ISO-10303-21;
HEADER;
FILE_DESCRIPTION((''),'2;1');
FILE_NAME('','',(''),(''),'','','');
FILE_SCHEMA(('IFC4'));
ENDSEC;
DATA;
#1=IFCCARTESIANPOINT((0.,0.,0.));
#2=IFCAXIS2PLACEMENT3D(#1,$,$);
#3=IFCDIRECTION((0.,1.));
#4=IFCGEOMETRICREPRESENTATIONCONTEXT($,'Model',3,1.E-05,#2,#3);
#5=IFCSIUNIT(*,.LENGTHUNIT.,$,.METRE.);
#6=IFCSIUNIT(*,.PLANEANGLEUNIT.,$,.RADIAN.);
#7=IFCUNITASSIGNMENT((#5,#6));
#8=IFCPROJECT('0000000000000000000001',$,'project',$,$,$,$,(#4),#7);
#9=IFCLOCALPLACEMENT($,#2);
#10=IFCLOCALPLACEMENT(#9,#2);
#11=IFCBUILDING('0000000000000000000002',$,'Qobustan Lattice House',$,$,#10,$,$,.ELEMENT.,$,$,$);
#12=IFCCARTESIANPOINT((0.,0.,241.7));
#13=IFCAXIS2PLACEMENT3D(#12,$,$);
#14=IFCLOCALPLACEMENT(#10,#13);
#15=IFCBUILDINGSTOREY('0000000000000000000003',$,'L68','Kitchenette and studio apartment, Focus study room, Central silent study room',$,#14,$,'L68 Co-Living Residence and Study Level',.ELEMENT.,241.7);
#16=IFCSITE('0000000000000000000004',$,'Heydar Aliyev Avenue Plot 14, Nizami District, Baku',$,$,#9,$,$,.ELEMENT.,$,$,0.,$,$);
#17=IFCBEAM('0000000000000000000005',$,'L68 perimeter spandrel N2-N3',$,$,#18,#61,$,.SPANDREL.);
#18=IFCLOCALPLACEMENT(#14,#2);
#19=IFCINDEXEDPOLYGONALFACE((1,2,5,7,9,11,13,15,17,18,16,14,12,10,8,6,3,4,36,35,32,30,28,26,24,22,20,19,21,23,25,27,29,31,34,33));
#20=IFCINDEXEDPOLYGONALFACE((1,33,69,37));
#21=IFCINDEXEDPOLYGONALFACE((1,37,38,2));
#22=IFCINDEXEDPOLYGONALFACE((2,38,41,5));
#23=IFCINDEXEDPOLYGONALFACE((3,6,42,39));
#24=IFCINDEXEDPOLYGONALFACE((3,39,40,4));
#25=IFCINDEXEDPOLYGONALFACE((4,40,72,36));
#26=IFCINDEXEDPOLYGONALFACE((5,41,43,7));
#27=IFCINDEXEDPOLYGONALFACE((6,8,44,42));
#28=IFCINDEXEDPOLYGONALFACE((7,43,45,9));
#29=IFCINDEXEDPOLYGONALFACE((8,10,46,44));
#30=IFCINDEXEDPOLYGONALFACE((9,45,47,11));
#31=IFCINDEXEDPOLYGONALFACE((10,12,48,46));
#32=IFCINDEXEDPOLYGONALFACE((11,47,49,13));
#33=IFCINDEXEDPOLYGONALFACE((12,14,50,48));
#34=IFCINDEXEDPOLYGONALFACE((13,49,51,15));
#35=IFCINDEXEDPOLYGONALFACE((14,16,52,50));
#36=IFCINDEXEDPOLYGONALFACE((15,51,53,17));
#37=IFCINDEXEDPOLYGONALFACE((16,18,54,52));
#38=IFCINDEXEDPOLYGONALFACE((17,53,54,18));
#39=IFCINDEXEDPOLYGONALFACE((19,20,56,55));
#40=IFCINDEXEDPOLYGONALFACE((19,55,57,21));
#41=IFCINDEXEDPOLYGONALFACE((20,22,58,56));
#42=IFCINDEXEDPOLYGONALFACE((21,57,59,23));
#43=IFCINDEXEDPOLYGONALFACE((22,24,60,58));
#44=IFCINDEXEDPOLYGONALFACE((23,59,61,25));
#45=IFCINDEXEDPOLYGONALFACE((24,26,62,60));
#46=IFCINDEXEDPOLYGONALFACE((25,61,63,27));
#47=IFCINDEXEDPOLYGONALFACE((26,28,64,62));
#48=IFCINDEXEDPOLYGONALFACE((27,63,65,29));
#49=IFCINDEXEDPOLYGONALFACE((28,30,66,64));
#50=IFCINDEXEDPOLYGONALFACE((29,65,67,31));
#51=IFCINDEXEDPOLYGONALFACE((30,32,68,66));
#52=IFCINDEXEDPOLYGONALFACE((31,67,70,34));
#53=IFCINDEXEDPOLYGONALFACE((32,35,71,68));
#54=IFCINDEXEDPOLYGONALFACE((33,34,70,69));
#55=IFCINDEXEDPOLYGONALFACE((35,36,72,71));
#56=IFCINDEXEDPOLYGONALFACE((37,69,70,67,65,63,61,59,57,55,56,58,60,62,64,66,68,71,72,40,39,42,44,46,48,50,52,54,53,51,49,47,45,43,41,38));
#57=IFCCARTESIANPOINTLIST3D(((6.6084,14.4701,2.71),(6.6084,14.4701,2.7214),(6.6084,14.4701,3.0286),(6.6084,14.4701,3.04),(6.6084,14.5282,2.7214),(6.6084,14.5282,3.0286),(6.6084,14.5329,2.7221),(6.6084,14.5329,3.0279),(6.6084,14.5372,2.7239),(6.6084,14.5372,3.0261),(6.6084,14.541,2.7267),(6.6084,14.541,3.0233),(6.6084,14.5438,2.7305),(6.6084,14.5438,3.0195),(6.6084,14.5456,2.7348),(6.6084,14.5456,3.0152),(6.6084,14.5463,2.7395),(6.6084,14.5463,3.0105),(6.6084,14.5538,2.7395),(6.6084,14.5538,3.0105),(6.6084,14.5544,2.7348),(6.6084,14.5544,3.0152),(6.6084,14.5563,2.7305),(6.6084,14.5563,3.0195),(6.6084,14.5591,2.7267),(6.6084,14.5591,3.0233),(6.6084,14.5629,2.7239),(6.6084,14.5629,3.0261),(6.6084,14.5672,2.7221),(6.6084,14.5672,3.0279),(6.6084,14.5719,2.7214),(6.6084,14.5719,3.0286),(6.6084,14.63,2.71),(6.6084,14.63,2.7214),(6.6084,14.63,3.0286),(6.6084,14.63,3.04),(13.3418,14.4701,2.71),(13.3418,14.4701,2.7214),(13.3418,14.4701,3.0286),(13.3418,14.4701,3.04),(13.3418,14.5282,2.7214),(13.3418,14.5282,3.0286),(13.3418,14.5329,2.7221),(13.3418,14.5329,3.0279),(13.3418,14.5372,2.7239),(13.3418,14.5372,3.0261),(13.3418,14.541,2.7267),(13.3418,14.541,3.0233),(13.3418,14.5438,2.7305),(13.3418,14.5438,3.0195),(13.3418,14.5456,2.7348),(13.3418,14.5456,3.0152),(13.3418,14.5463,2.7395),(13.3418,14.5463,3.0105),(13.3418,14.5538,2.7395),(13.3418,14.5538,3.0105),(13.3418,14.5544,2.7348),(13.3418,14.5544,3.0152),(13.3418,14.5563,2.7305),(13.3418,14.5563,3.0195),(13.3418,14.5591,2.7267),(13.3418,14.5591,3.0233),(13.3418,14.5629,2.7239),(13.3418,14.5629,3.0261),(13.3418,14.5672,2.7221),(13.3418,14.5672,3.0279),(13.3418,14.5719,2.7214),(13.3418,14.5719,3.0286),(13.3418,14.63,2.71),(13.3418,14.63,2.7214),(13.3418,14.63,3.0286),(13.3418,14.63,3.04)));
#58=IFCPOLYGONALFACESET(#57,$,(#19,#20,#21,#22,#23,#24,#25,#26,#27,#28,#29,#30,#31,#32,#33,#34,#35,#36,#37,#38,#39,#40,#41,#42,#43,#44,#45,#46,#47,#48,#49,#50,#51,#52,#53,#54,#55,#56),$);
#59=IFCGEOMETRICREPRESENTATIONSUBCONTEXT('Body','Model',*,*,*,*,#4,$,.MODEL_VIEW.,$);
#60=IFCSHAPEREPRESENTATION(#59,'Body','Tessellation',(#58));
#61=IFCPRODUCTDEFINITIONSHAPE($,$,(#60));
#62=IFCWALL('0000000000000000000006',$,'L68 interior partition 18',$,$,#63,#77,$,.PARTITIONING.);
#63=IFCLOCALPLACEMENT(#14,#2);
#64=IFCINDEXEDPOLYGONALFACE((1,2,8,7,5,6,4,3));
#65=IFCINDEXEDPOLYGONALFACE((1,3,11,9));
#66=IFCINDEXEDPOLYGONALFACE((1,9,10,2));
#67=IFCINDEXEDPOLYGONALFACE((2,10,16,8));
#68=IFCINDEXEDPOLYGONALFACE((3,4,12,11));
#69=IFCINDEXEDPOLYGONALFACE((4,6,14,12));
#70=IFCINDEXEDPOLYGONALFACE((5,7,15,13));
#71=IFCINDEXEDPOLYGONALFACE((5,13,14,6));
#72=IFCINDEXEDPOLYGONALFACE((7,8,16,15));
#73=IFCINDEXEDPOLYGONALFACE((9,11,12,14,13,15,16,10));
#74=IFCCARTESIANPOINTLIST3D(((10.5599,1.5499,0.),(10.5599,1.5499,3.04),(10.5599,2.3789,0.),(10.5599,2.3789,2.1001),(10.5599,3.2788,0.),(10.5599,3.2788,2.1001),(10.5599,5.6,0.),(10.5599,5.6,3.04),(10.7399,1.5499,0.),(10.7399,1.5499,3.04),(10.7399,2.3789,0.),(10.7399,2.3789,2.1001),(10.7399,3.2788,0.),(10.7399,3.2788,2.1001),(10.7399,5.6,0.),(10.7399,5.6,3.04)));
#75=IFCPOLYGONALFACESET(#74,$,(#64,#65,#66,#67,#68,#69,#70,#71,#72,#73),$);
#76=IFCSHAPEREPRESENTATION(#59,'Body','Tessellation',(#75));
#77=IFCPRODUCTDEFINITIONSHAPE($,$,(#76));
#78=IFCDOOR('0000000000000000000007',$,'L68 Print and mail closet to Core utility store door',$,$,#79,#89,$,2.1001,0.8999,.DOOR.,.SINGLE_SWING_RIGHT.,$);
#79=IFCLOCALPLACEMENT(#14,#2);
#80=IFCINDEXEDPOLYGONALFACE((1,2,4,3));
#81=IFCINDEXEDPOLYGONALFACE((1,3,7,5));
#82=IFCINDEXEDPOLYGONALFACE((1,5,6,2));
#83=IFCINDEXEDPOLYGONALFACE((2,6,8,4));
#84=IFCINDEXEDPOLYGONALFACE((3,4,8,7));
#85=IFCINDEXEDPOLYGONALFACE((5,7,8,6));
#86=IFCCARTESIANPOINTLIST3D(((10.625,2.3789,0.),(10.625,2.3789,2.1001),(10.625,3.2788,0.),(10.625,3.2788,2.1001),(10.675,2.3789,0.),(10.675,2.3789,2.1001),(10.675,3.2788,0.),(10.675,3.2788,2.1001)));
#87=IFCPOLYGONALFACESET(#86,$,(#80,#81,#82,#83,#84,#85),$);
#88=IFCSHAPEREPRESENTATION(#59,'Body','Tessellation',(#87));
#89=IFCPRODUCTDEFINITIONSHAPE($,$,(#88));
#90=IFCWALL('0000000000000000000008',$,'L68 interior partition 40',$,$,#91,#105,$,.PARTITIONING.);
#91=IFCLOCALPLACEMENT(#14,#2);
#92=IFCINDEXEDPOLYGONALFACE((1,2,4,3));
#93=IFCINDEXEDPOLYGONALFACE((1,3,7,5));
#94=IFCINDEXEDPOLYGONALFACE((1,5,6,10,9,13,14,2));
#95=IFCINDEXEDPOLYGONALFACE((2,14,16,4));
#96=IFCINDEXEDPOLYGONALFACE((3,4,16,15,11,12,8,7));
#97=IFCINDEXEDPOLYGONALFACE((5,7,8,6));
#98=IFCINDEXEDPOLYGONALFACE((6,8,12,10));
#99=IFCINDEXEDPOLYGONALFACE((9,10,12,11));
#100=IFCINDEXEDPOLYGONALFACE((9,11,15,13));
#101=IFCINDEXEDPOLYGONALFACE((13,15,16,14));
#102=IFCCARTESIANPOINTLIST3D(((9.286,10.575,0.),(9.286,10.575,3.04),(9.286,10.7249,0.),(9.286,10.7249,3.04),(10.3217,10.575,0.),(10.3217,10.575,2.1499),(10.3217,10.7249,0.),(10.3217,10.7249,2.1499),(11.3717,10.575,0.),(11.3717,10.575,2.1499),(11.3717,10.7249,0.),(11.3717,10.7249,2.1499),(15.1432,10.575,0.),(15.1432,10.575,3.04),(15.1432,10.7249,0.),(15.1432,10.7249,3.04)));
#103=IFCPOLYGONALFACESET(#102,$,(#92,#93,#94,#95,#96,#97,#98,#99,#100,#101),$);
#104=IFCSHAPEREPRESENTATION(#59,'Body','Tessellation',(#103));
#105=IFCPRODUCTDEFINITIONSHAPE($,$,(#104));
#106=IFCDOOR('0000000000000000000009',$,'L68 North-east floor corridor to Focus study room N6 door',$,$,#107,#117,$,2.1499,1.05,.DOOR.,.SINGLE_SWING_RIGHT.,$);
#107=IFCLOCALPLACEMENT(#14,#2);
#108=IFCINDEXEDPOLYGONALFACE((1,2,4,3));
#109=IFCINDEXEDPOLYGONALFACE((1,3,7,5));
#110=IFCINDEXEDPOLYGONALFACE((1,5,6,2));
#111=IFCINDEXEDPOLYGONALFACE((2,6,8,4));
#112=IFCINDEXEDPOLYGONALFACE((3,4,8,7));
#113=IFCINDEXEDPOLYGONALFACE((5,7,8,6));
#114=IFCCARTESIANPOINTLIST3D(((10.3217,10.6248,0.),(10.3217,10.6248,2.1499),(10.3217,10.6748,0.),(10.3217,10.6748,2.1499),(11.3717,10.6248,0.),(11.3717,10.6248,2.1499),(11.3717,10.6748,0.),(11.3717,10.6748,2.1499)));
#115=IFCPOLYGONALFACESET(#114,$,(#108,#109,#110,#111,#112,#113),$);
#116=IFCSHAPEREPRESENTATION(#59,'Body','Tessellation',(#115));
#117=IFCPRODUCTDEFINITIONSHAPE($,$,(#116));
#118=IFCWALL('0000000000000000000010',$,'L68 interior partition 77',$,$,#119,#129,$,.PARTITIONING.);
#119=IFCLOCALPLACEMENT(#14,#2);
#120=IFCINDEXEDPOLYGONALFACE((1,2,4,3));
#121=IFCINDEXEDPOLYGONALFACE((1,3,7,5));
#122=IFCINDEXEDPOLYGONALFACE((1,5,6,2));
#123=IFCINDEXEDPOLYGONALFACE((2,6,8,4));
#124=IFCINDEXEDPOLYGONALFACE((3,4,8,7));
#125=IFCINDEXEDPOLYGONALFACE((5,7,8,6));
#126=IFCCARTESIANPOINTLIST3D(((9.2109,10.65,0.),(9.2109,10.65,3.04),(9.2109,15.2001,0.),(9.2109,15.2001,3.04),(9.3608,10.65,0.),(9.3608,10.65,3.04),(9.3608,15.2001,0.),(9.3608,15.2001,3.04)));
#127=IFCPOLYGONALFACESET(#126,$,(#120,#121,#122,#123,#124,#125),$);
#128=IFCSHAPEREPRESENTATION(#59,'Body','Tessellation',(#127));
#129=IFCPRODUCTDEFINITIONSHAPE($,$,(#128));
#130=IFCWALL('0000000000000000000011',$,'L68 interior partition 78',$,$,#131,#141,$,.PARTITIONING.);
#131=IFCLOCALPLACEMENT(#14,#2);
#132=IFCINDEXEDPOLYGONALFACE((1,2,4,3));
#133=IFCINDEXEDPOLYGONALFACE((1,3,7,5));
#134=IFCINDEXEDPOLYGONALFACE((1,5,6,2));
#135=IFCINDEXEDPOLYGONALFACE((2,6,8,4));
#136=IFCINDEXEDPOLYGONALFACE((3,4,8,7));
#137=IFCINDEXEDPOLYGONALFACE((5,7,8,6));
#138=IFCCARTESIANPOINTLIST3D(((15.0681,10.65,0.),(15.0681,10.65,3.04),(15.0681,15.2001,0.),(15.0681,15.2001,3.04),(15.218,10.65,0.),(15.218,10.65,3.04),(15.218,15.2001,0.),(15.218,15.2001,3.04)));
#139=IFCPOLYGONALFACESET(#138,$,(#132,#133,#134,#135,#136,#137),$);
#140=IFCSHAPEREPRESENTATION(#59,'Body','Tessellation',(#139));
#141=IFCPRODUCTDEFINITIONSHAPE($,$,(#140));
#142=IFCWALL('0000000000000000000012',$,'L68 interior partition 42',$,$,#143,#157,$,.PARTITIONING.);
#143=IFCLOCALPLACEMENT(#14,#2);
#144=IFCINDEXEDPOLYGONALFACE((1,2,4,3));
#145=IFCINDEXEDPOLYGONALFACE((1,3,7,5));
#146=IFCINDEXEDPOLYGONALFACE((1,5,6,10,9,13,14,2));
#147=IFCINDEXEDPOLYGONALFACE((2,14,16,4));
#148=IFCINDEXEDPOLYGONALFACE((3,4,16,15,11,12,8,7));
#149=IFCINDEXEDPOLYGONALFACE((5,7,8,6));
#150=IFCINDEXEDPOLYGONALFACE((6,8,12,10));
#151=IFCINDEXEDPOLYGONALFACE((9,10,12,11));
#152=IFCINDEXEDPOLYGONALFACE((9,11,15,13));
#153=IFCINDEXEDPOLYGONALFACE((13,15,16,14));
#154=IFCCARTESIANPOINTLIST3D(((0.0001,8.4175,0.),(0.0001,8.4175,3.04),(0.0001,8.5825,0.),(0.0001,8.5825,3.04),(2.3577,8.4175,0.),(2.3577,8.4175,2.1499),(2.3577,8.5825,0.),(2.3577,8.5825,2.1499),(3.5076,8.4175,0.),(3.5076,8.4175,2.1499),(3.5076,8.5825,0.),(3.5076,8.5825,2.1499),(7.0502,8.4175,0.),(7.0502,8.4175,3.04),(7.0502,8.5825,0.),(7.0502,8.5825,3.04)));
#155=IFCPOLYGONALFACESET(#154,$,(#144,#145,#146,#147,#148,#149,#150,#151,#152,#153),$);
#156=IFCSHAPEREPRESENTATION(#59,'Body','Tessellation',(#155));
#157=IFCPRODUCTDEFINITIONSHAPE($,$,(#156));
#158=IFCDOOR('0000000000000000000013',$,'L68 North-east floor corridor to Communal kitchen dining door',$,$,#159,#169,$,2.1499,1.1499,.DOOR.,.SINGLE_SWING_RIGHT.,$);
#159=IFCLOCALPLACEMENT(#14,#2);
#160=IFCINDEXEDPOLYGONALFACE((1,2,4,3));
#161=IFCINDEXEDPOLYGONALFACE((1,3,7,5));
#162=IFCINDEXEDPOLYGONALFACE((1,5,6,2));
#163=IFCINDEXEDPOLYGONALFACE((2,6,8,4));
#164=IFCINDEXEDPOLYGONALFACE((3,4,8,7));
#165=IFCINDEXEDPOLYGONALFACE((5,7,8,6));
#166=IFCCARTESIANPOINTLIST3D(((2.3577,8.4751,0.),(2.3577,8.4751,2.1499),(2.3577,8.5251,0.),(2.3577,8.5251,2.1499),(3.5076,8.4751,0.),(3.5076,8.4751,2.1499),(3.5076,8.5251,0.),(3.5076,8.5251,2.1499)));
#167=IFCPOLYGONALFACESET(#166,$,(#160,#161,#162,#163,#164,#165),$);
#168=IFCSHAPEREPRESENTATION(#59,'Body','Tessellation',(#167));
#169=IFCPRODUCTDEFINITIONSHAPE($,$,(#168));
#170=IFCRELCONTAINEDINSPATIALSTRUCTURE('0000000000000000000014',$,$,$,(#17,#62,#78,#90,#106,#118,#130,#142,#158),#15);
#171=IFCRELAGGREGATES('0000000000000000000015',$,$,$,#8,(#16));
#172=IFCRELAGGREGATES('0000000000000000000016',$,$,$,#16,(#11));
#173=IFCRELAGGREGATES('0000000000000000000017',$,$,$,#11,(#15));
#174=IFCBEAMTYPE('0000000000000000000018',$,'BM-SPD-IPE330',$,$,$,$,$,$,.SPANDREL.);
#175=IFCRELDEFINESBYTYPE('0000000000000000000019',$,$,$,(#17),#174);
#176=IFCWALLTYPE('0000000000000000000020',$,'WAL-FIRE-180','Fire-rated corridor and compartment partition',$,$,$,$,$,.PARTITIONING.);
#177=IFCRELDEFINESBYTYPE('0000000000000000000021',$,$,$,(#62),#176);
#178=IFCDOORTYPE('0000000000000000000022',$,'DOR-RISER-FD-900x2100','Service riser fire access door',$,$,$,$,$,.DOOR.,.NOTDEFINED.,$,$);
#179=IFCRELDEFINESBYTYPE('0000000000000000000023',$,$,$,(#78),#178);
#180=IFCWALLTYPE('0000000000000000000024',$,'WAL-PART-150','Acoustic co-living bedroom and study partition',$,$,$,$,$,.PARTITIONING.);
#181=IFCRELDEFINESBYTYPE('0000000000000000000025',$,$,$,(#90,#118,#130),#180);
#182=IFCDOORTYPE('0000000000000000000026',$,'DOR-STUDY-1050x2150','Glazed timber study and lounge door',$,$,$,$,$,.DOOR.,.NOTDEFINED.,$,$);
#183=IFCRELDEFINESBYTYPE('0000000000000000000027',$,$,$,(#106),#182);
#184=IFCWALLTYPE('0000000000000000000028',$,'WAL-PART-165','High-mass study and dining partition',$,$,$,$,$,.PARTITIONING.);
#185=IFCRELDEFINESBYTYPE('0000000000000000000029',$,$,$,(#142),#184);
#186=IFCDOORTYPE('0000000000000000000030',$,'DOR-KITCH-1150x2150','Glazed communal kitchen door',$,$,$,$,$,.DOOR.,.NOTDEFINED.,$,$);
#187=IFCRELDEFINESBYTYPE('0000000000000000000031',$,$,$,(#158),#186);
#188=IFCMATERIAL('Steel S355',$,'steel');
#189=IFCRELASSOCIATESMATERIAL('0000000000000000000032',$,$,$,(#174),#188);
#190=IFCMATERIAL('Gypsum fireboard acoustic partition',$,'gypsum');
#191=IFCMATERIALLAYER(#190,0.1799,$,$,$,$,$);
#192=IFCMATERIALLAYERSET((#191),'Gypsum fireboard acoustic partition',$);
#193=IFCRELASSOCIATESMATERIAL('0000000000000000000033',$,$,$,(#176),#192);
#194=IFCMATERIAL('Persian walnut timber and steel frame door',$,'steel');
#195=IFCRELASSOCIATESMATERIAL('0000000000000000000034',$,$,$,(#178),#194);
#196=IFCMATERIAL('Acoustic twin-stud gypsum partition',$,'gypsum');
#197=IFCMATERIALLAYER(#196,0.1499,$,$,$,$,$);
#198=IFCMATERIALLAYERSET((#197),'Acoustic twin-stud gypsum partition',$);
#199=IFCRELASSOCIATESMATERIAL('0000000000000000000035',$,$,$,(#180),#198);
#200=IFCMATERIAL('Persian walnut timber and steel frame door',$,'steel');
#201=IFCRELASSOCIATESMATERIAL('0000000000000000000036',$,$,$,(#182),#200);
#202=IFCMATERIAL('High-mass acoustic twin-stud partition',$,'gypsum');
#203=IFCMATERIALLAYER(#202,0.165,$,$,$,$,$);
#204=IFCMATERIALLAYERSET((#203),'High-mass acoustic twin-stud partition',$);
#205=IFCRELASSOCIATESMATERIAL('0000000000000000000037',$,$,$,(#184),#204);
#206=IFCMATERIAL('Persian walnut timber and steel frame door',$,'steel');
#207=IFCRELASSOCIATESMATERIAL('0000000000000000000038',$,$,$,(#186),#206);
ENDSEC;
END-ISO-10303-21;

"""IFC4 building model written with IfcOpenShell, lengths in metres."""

from ifc_helpers import new_model, si_unit, direction, frame, frame_2d, origin, origin_2d, place, context, subcontext, project, spatial, rectangle, i_section, extrude, material, layer, layer_set, material_profile, profile_set, type_object, element, fill, save


model = new_model("IFC4")

# Units and contexts
model_context = context("Model", 3, precision=1e-05, world=origin(), true_north=direction((0.0, 1.0)))
body_context = subcontext(model_context, "Body", "Model", "MODEL_VIEW")
ifc_project = project(units=[si_unit("LENGTHUNIT", "METRE"), si_unit("PLANEANGLEUNIT", "RADIAN")], contexts=[model_context])

# Site, building, storey
site_placement = place(None, origin())
site = spatial("IfcSite", under=ifc_project, at=site_placement, Name="Heydar Aliyev Avenue Plot 14, Nizami District, Baku", CompositionType="ELEMENT", RefElevation=0.0)
building_placement = place(site_placement, origin())
building = spatial("IfcBuilding", under=site, at=building_placement, Name="Qobustan Lattice House", CompositionType="ELEMENT")
storey_placement = place(building_placement, frame((0.0, 0.0, 241.7)))
storey = spatial("IfcBuildingStorey", under=building, at=storey_placement, Name="L68", Description="Kitchenette and studio apartment, Focus study room, Central silent study room", LongName="L68 Co-Living Residence and Study Level", CompositionType="ELEMENT", Elevation=241.7)

# Beam
ifc_material_1 = material(Name="Steel S355", Category="steel")
ifc_material_profile_1 = material_profile(ifc_material_1, i_section(OverallWidth=0.1599, OverallDepth=0.3301, WebThickness=0.0076, FlangeThickness=0.0115, FilletRadius=0.0181, at=origin_2d()), Name="IPE330")
ifc_profile_set_1 = profile_set([ifc_material_profile_1], Name="Steel S355")
beam_type_1 = type_object("IfcBeamType", Name="BM-SPD-IPE330", PredefinedType="SPANDREL", material=ifc_profile_set_1)
beam_1_placement = place(storey_placement, frame((13.3418, 14.55, 2.875), z_axis=(-1.0, 0.0, 0.0), x_axis=(0.0, -1.0, 0.0)))
element("IfcBeam", 1, at=beam_1_placement, inside=storey, type_object=beam_type_1, Name="L68 perimeter spandrel N2-N3", PredefinedType="SPANDREL", context=body_context, shape_type="SweptSolid", body=[
    extrude(i_section(OverallWidth=0.1599, OverallDepth=0.3301, WebThickness=0.0076, FlangeThickness=0.0115, FilletRadius=0.0181, at=origin_2d()), origin(), (0.0, 0.0, 1.0), 6.7334),
])

# Walls, openings, doors
ifc_material_2 = material(Name="Gypsum fireboard acoustic partition", Category="gypsum")
ifc_layer_1 = layer(ifc_material_2, 0.1799)
ifc_layer_set_1 = layer_set([ifc_layer_1], Name="Gypsum fireboard acoustic partition")
wall_type_1 = type_object("IfcWallType", Name="WAL-FIRE-180", Description="Fire-rated corridor and compartment partition", PredefinedType="PARTITIONING", material=ifc_layer_set_1)
wall_1_placement = place(storey_placement, frame((10.6499, 1.55, 0.0), z_axis=(0.0, 0.0, 1.0), x_axis=(0.0, 1.0, 0.0)))
wall_1 = element("IfcWall", 2, at=wall_1_placement, inside=storey, type_object=wall_type_1, Name="L68 interior partition 18", PredefinedType="PARTITIONING", context=body_context, shape_type="SweptSolid", body=[
    extrude(rectangle(XDim=4.05, YDim=0.1799, at=frame_2d((2.0249, 0.0))), origin(), (0.0, 0.0, 1.0), 3.04),
])
opening_1_placement = place(wall_1_placement, frame((0.8289, 0.0, 0.0)))
opening_1 = element("IfcOpeningElement", 3, at=opening_1_placement, cuts=wall_1, PredefinedType="OPENING", context=body_context, shape_type="SweptSolid", body=[
    extrude(rectangle(XDim=0.8999, YDim=2.1001, at=frame_2d((0.45, 1.05))), frame((0.0, 0.0999, 0.0), z_axis=(0.0, -1.0, 0.0), x_axis=(1.0, 0.0, 0.0)), (0.0, 0.0, 1.0), 0.2),
])
ifc_material_3 = material(Name="Persian walnut timber and steel frame door", Category="steel")
door_type_1 = type_object("IfcDoorType", Name="DOR-RISER-FD-900x2100", Description="Service riser fire access door", OperationType="NOTDEFINED", PredefinedType="DOOR", material=ifc_material_3)
door_1_placement = place(opening_1_placement, origin())
door_1 = element("IfcDoor", 4, at=door_1_placement, inside=storey, type_object=door_type_1, Name="L68 Print and mail closet to Core utility store door", OperationType="SINGLE_SWING_RIGHT", OverallHeight=2.1001, OverallWidth=0.8999, PredefinedType="DOOR", context=body_context, shape_type="SweptSolid", body=[
    extrude(rectangle(XDim=0.8999, YDim=2.1001, at=frame_2d((0.45, 1.05))), frame((0.0, 0.0249, 0.0), z_axis=(0.0, -1.0, 0.0), x_axis=(1.0, 0.0, 0.0)), (0.0, 0.0, 1.0), 0.05),
])
fill(opening_1, door_1)
ifc_material_4 = material(Name="Acoustic twin-stud gypsum partition", Category="gypsum")
ifc_layer_2 = layer(ifc_material_4, 0.1499)
ifc_layer_set_2 = layer_set([ifc_layer_2], Name="Acoustic twin-stud gypsum partition")
wall_type_2 = type_object("IfcWallType", Name="WAL-PART-150", Description="Acoustic co-living bedroom and study partition", PredefinedType="PARTITIONING", material=ifc_layer_set_2)
wall_2_placement = place(storey_placement, frame((9.2859, 10.6499, 0.0), z_axis=(0.0, 0.0, 1.0), x_axis=(1.0, 0.0, 0.0)))
wall_2 = element("IfcWall", 5, at=wall_2_placement, inside=storey, type_object=wall_type_2, Name="L68 interior partition 40", PredefinedType="PARTITIONING", context=body_context, shape_type="SweptSolid", body=[
    extrude(rectangle(XDim=5.8572, YDim=0.1499, at=frame_2d((2.9287, 0.0))), origin(), (0.0, 0.0, 1.0), 3.04),
])
opening_2_placement = place(wall_2_placement, frame((1.0359, 0.0, 0.0)))
opening_2 = element("IfcOpeningElement", 6, at=opening_2_placement, cuts=wall_2, PredefinedType="OPENING", context=body_context, shape_type="SweptSolid", body=[
    extrude(rectangle(XDim=1.05, YDim=2.1499, at=frame_2d((0.5249, 1.075))), frame((0.0, 0.085, 0.0), z_axis=(0.0, -1.0, 0.0), x_axis=(1.0, 0.0, 0.0)), (0.0, 0.0, 1.0), 0.1699),
])
ifc_material_5 = material(Name="Persian walnut timber and steel frame door", Category="steel")
door_type_2 = type_object("IfcDoorType", Name="DOR-STUDY-1050x2150", Description="Glazed timber study and lounge door", OperationType="NOTDEFINED", PredefinedType="DOOR", material=ifc_material_5)
door_2_placement = place(opening_2_placement, origin())
door_2 = element("IfcDoor", 7, at=door_2_placement, inside=storey, type_object=door_type_2, Name="L68 North-east floor corridor to Focus study room N6 door", OperationType="SINGLE_SWING_RIGHT", OverallHeight=2.1499, OverallWidth=1.05, PredefinedType="DOOR", context=body_context, shape_type="SweptSolid", body=[
    extrude(rectangle(XDim=1.05, YDim=2.1499, at=frame_2d((0.5249, 1.075))), frame((0.0, 0.0249, 0.0), z_axis=(0.0, -1.0, 0.0), x_axis=(1.0, 0.0, 0.0)), (0.0, 0.0, 1.0), 0.05),
])
fill(opening_2, door_2)

# Walls
for number, where, z_axis, x_axis, name in (
    (8, (9.2859, 15.2, 0.0), (0.0, 0.0, 1.0), (0.0, -1.0, 0.0), "L68 interior partition 77"),
    (9, (15.1431, 15.2, 0.0), (0.0, 0.0, 1.0), (0.0, -1.0, 0.0), "L68 interior partition 78"),
):
    element("IfcWall", number, at=place(storey_placement, frame(where, z_axis=z_axis, x_axis=x_axis)), inside=storey, type_object=wall_type_2, Name=name, PredefinedType="PARTITIONING", context=body_context, shape_type="SweptSolid", body=[
        extrude(rectangle(XDim=4.55, YDim=0.1499, at=frame_2d((2.2749, 0.0))), origin(), (0.0, 0.0, 1.0), 3.04),
    ])

# Wall, opening, door
ifc_material_6 = material(Name="High-mass acoustic twin-stud partition", Category="gypsum")
ifc_layer_3 = layer(ifc_material_6, 0.165)
ifc_layer_set_3 = layer_set([ifc_layer_3], Name="High-mass acoustic twin-stud partition")
wall_type_3 = type_object("IfcWallType", Name="WAL-PART-165", Description="High-mass study and dining partition", PredefinedType="PARTITIONING", material=ifc_layer_set_3)
wall_3_placement = place(storey_placement, frame((7.05, 8.5, 0.0), z_axis=(0.0, 0.0, 1.0), x_axis=(-1.0, 0.0, 0.0)))
wall_3 = element("IfcWall", 10, at=wall_3_placement, inside=storey, type_object=wall_type_3, Name="L68 interior partition 42", PredefinedType="PARTITIONING", context=body_context, shape_type="SweptSolid", body=[
    extrude(rectangle(XDim=7.05, YDim=0.165, at=frame_2d((3.5249, 0.0))), origin(), (0.0, 0.0, 1.0), 3.04),
])
opening_3_placement = place(wall_3_placement, frame((3.5425, 0.0, 0.0)))
opening_3 = element("IfcOpeningElement", 11, at=opening_3_placement, cuts=wall_3, PredefinedType="OPENING", context=body_context, shape_type="SweptSolid", body=[
    extrude(rectangle(XDim=1.1499, YDim=2.1499, at=frame_2d((0.575, 1.075))), frame((0.0, 0.0925, 0.0), z_axis=(0.0, -1.0, 0.0), x_axis=(1.0, 0.0, 0.0)), (0.0, 0.0, 1.0), 0.1851),
])
ifc_material_7 = material(Name="Persian walnut timber and steel frame door", Category="steel")
door_type_3 = type_object("IfcDoorType", Name="DOR-KITCH-1150x2150", Description="Glazed communal kitchen door", OperationType="NOTDEFINED", PredefinedType="DOOR", material=ifc_material_7)
door_3_placement = place(opening_3_placement, origin())
door_3 = element("IfcDoor", 12, at=door_3_placement, inside=storey, type_object=door_type_3, Name="L68 North-east floor corridor to Communal kitchen dining door", OperationType="SINGLE_SWING_RIGHT", OverallHeight=2.1499, OverallWidth=1.1499, PredefinedType="DOOR", context=body_context, shape_type="SweptSolid", body=[
    extrude(rectangle(XDim=1.1499, YDim=2.1499, at=frame_2d((0.575, 1.075))), frame((0.0, 0.0249, 0.0), z_axis=(0.0, -1.0, 0.0), x_axis=(1.0, 0.0, 0.0)), (0.0, 0.0, 1.0), 0.05),
])
fill(opening_3, door_3)

save(model, "model.ifc")
